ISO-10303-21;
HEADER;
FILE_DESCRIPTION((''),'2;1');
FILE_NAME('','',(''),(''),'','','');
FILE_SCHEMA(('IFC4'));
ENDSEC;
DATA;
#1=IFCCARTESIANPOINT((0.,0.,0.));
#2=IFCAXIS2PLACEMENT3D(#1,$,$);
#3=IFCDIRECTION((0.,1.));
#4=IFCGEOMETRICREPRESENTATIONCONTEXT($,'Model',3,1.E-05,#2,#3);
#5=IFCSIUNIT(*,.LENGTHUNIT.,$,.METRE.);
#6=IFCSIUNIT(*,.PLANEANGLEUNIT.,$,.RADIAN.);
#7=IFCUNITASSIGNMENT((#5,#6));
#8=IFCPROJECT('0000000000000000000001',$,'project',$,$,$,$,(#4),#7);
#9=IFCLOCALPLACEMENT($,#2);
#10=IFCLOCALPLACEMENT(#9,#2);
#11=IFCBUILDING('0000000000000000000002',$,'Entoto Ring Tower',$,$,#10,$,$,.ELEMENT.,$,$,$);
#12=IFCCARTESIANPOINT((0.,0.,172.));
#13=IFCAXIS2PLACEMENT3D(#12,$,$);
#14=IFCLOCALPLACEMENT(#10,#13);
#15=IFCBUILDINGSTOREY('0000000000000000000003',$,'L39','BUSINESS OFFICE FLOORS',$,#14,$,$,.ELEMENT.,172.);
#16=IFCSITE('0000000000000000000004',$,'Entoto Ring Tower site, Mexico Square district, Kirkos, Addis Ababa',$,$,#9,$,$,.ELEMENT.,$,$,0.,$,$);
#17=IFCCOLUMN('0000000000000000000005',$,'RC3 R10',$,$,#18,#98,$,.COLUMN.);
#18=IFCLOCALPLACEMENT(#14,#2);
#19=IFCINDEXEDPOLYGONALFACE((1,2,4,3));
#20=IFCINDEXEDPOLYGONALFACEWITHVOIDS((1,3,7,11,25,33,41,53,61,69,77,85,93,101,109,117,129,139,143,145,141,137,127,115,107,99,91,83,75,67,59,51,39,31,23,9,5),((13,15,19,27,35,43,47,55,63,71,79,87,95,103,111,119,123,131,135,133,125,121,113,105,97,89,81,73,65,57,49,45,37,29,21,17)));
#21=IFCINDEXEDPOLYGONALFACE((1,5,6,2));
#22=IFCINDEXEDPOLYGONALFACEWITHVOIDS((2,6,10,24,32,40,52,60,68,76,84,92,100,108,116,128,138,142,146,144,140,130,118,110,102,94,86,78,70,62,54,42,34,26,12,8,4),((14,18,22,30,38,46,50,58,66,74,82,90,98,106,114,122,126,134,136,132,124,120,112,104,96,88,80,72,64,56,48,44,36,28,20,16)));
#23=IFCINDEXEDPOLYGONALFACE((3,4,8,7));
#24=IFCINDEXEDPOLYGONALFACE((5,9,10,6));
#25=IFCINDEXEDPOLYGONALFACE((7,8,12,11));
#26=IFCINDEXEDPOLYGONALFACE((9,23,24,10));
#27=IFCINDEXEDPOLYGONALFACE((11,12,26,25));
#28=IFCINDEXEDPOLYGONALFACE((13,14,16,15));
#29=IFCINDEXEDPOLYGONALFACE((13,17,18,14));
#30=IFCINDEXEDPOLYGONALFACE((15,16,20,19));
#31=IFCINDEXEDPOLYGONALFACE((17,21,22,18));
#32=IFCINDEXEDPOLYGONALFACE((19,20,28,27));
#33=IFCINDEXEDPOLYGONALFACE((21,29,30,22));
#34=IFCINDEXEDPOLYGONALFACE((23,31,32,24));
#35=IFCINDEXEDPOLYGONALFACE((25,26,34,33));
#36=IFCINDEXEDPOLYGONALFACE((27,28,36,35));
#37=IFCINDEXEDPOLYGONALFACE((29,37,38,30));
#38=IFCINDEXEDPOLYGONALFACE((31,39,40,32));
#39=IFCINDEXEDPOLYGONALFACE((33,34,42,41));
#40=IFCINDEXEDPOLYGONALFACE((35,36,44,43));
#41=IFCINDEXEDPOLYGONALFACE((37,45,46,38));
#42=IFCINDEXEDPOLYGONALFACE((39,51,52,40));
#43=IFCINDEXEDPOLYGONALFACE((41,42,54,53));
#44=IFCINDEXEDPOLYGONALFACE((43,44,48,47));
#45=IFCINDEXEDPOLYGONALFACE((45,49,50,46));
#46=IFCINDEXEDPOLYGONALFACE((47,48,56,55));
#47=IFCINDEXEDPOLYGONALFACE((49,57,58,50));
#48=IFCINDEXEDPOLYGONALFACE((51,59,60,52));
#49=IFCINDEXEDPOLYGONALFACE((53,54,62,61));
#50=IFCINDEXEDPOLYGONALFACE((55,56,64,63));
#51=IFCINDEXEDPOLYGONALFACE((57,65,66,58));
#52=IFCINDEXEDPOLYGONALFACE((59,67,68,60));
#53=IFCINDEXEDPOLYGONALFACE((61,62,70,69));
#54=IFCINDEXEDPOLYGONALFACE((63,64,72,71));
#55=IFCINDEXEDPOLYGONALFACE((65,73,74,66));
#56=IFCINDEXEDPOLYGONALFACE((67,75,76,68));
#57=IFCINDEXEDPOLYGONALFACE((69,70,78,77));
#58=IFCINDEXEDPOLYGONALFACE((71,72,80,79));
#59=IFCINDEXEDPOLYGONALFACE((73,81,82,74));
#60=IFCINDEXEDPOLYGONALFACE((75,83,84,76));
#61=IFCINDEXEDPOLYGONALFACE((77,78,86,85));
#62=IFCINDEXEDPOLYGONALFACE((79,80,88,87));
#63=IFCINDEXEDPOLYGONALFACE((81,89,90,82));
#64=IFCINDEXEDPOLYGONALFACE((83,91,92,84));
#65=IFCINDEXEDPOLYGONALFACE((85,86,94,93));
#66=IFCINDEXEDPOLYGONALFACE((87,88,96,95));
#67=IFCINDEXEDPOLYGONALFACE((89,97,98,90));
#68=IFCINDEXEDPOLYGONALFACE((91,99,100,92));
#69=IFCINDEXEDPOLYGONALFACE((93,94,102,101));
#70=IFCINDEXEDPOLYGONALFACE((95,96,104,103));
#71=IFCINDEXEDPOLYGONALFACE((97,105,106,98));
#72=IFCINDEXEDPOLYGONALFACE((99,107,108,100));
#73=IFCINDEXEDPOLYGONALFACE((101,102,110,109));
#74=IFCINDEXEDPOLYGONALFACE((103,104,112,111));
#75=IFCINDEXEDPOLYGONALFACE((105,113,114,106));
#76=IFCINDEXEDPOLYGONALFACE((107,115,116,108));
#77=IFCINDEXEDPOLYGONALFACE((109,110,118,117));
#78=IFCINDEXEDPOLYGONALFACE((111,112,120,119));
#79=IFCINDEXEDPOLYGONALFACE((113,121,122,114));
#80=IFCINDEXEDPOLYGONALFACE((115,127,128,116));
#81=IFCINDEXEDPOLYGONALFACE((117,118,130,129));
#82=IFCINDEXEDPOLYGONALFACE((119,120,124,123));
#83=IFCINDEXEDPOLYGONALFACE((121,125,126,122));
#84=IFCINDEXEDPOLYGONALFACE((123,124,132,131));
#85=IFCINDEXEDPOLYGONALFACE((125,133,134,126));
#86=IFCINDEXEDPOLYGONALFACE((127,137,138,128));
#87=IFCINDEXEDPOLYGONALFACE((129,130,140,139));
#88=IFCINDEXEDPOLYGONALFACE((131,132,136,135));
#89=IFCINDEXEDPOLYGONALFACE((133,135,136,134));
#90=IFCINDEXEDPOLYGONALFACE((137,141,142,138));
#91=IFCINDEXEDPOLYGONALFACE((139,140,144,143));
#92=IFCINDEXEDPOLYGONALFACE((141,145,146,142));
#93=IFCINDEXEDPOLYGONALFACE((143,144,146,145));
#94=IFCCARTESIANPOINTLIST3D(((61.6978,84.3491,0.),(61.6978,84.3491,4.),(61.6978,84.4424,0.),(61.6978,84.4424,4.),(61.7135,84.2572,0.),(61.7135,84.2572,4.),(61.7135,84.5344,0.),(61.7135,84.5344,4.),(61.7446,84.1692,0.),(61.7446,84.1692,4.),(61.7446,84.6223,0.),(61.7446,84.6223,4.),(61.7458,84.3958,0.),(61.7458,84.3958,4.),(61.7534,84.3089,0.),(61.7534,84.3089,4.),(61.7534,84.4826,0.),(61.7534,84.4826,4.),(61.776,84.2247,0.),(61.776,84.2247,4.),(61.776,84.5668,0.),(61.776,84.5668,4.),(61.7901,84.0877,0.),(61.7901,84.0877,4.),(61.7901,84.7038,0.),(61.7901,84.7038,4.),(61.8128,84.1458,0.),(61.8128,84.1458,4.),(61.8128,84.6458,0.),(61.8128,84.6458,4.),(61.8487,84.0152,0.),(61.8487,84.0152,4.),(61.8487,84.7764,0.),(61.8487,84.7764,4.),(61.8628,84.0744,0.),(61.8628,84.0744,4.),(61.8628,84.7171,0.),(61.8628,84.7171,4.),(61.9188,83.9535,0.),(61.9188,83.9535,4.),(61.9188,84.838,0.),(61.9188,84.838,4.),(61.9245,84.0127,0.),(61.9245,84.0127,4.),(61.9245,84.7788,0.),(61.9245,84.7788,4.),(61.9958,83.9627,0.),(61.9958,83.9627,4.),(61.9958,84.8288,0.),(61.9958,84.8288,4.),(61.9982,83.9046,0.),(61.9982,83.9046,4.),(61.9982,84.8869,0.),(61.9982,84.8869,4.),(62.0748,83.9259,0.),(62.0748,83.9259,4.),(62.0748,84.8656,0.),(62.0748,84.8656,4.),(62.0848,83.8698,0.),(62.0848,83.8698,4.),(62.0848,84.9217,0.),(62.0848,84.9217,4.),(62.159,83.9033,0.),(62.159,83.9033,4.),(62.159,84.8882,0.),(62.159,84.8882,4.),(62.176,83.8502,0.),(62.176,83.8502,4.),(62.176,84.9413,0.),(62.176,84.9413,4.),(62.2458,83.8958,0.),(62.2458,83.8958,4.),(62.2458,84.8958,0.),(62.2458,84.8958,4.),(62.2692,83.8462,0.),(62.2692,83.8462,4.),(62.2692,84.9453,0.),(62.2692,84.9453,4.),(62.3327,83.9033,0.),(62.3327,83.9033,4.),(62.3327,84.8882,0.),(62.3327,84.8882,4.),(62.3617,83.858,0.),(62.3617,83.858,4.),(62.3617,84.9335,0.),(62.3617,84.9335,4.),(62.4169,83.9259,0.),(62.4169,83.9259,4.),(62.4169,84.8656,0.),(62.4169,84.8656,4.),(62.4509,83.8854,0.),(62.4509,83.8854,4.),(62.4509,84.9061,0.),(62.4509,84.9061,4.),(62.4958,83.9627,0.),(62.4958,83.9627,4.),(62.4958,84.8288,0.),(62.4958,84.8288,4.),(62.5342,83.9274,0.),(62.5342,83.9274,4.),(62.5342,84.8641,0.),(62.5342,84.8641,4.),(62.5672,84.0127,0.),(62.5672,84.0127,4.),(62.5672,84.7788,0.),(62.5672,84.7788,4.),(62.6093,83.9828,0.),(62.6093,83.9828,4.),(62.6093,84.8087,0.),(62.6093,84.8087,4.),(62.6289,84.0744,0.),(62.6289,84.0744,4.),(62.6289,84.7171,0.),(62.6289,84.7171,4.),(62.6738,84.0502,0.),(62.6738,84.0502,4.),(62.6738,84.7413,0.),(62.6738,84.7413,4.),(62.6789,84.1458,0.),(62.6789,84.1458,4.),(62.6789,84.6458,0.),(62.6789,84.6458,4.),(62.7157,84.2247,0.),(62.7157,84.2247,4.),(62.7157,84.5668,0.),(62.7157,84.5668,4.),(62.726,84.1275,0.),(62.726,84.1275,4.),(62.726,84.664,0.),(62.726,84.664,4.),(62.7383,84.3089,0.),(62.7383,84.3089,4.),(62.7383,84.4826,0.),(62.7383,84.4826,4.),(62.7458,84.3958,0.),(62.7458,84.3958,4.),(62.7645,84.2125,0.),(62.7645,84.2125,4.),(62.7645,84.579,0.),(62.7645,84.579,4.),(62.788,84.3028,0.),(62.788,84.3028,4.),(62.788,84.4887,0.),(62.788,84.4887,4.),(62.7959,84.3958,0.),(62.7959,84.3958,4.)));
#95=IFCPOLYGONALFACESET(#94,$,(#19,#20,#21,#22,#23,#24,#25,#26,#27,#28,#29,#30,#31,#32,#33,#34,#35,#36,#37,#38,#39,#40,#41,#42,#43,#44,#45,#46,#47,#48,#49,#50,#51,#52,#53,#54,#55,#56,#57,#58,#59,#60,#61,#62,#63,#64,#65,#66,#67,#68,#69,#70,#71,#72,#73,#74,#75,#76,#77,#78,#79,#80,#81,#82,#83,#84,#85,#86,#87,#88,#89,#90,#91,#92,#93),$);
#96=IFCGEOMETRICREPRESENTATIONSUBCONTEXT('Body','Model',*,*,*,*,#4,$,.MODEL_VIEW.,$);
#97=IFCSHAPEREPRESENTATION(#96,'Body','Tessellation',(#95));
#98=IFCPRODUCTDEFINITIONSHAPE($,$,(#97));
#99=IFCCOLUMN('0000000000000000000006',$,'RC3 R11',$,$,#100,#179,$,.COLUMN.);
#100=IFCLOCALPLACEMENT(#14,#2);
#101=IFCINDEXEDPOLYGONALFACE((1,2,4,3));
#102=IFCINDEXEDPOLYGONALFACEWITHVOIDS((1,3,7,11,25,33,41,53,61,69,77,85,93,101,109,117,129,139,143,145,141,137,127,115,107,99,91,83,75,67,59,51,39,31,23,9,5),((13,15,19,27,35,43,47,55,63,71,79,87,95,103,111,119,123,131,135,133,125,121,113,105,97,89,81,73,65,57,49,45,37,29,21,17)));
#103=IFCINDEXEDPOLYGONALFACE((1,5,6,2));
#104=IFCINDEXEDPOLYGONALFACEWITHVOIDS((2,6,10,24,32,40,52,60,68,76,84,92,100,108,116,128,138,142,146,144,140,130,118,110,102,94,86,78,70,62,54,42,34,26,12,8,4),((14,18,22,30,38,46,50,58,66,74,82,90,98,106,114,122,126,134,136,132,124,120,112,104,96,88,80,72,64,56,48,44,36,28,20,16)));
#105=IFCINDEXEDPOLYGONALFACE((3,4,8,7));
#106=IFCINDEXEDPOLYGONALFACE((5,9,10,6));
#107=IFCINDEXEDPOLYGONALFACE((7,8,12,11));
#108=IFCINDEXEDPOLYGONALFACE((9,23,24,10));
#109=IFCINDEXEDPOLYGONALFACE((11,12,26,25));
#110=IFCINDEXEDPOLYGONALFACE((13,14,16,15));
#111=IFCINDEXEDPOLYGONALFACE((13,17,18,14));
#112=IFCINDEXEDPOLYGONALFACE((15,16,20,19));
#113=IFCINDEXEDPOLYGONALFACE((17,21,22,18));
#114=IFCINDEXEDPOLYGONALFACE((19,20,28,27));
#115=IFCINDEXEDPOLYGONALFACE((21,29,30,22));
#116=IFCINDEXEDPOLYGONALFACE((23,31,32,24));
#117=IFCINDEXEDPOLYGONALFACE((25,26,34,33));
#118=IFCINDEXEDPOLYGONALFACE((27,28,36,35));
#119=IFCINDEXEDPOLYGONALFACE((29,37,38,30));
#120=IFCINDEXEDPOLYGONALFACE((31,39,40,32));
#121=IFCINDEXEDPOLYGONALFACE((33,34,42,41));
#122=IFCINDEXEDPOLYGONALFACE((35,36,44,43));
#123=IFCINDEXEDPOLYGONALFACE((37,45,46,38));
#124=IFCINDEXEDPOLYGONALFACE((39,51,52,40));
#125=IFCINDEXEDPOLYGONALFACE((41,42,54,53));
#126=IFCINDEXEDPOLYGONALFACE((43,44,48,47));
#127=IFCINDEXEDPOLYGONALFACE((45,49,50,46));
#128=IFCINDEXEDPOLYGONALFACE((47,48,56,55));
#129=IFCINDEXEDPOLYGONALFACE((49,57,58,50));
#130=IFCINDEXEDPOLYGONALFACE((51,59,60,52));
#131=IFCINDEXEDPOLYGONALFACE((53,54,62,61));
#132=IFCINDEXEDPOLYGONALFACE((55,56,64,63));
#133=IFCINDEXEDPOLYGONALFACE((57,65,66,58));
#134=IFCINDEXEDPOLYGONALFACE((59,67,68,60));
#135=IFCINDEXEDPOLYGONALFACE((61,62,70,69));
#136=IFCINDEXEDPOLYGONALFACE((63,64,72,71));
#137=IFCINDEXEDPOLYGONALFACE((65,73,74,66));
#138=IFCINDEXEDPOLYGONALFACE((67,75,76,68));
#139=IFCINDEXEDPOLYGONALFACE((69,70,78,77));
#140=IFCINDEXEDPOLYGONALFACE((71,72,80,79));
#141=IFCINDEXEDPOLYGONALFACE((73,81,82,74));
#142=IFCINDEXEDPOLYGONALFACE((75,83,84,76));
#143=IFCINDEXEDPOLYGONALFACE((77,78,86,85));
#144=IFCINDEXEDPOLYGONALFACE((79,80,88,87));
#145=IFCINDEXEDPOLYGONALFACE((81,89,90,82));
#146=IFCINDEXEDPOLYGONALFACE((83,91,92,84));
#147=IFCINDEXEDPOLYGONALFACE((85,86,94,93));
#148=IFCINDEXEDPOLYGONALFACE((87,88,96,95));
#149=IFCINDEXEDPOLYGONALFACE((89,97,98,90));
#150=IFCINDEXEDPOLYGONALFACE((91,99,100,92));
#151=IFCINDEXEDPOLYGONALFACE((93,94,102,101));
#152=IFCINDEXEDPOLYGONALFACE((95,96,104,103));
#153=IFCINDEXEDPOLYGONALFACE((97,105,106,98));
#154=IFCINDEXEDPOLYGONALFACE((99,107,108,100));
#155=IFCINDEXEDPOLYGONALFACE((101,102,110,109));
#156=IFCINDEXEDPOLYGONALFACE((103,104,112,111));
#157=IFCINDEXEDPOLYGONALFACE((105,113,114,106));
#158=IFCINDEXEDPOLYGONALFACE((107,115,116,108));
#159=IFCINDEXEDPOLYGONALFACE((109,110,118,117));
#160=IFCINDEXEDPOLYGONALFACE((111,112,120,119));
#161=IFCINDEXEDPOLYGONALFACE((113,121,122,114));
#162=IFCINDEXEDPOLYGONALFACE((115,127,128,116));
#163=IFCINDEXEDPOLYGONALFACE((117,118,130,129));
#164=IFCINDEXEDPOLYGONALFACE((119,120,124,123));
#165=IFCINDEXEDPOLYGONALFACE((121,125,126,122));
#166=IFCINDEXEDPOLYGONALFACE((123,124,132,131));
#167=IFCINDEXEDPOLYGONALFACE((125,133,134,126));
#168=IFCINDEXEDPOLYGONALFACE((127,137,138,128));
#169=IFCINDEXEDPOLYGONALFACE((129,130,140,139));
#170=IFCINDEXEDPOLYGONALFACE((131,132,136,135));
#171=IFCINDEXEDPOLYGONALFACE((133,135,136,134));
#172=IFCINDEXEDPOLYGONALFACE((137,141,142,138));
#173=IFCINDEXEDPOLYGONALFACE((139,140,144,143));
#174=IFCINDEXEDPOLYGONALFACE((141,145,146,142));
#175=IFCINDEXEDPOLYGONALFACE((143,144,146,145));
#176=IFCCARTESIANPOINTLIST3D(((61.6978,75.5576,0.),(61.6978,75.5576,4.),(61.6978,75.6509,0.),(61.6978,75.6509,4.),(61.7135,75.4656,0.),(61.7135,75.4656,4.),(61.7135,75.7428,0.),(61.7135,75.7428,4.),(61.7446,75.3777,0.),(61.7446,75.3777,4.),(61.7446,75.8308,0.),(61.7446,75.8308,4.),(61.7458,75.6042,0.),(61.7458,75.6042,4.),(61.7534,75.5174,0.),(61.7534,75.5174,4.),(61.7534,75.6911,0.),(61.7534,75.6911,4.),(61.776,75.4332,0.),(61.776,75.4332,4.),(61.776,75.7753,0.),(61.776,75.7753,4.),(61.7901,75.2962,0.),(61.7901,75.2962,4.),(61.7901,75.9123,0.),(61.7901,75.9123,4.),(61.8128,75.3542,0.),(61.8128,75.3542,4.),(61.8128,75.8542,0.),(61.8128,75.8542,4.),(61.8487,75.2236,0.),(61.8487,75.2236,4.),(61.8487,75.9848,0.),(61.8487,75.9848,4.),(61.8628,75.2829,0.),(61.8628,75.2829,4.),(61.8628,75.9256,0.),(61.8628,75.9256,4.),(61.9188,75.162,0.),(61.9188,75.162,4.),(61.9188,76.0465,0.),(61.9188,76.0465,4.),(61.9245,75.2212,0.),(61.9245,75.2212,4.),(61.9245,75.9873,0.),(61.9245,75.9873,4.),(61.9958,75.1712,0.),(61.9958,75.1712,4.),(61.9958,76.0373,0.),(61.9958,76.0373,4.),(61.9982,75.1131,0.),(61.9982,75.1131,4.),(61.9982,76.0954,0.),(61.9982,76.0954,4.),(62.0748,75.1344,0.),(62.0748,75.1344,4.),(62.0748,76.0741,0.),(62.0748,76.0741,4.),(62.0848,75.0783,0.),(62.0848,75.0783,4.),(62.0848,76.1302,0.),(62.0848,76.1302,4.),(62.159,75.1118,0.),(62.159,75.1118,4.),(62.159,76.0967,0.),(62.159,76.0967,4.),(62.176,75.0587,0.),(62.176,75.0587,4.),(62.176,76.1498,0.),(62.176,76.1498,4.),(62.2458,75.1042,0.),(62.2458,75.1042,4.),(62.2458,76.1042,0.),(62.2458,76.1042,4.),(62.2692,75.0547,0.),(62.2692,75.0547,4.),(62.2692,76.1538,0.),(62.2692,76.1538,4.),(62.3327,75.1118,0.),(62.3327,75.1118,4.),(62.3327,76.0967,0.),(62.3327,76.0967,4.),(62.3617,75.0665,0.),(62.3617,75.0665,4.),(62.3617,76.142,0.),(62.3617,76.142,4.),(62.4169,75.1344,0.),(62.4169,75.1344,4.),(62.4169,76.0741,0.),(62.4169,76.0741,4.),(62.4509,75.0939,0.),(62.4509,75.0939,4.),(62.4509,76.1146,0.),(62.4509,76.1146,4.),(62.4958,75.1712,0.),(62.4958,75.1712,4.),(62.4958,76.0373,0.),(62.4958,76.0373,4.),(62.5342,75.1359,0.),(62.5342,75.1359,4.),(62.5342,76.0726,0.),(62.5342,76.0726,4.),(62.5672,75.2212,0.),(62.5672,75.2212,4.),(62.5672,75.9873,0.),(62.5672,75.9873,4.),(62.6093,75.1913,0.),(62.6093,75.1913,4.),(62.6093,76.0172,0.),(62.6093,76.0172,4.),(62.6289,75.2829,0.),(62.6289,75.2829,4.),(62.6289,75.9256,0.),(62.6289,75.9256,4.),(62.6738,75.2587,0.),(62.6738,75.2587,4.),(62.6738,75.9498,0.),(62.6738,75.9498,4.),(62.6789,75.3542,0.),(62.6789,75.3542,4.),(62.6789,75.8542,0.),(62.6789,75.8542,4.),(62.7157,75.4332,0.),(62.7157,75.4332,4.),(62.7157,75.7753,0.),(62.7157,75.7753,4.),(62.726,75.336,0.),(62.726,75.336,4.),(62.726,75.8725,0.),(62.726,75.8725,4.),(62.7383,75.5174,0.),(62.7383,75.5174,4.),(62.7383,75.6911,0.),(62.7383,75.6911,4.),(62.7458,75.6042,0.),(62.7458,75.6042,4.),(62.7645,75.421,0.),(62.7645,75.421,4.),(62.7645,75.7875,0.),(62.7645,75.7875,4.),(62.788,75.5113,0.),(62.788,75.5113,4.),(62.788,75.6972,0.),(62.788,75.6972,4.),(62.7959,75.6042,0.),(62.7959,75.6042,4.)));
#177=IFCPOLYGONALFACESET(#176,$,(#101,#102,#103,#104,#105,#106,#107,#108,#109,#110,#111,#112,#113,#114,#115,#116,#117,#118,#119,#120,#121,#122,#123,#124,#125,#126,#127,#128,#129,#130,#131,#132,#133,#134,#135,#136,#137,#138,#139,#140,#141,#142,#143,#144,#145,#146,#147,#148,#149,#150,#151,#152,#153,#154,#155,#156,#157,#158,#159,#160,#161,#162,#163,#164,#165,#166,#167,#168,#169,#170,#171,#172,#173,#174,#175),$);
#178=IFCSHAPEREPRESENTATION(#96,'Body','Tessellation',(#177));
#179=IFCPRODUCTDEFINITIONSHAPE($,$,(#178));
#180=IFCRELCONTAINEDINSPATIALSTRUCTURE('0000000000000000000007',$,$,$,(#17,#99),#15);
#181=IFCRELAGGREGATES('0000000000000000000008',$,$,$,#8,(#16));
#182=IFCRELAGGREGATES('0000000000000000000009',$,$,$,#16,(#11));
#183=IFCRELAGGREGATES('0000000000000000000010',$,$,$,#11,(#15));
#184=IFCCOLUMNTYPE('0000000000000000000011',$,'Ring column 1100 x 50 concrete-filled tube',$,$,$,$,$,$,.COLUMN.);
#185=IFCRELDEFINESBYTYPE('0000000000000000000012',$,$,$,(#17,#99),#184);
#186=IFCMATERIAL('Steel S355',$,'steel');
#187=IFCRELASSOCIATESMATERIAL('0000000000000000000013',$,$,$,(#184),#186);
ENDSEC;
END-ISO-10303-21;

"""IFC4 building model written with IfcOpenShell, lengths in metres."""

from ifc_helpers import new_model, si_unit, direction, frame, origin, origin_2d, place, context, subcontext, project, spatial, circle, hollow_circle, extrude, material, material_profile, profile_set, type_object, element, save


model = new_model("IFC4")

# Units and contexts
model_context = context("Model", 3, precision=1e-05, world=origin(), true_north=direction((0.0, 1.0)))
body_context = subcontext(model_context, "Body", "Model", "MODEL_VIEW")
ifc_project = project(units=[si_unit("LENGTHUNIT", "METRE"), si_unit("PLANEANGLEUNIT", "RADIAN")], contexts=[model_context])

# Site, building, storey
site_placement = place(None, origin())
site = spatial("IfcSite", under=ifc_project, at=site_placement, Name="Entoto Ring Tower site, Mexico Square district, Kirkos, Addis Ababa", CompositionType="ELEMENT", RefElevation=0.0)
building_placement = place(site_placement, origin())
building = spatial("IfcBuilding", under=site, at=building_placement, Name="Entoto Ring Tower", CompositionType="ELEMENT")
storey_placement = place(building_placement, frame((0.0, 0.0, 172.0)))
storey = spatial("IfcBuildingStorey", under=building, at=storey_placement, Name="L39", Description="BUSINESS OFFICE FLOORS", CompositionType="ELEMENT", Elevation=172.0)

# Columns
ifc_material_1 = material(Name="Steel S355", Category="steel")
ifc_material_profile_1 = material_profile(ifc_material_1, hollow_circle(Radius=0.55, WallThickness=0.05, at=origin_2d()), Name="CHS 1100 x 50")
ifc_material_2 = material(Name="Concrete C60/75", Category="concrete")
ifc_material_profile_2 = material_profile(ifc_material_2, circle(Radius=0.5, at=origin_2d()), Name="Concrete C60/75 infill")
ifc_profile_set_1 = profile_set([ifc_material_profile_1, ifc_material_profile_2], Name="Steel S355")
column_type = type_object("IfcColumnType", Name="Ring column 1100 x 50 concrete-filled tube", PredefinedType="COLUMN", material=ifc_profile_set_1)
for number, where, z_axis, x_axis, name in (
    (1, (62.2458, 84.3958, 0.0), (0.0, 0.0, 1.0), (1.0, 0.0, 0.0), "RC3 R10"),
    (2, (62.2458, 75.6042, 0.0), (0.0, 0.0, 1.0), (1.0, 0.0, 0.0), "RC3 R11"),
):
    element("IfcColumn", number, at=place(storey_placement, frame(where, z_axis=z_axis, x_axis=x_axis)), inside=storey, type_object=column_type, Name=name, PredefinedType="COLUMN", context=body_context, shape_type="SweptSolid", body=[
        extrude(hollow_circle(Radius=0.55, WallThickness=0.05, at=origin_2d()), origin(), (0.0, 0.0, 1.0), 4.0),
    ])

save(model, "model.ifc")
